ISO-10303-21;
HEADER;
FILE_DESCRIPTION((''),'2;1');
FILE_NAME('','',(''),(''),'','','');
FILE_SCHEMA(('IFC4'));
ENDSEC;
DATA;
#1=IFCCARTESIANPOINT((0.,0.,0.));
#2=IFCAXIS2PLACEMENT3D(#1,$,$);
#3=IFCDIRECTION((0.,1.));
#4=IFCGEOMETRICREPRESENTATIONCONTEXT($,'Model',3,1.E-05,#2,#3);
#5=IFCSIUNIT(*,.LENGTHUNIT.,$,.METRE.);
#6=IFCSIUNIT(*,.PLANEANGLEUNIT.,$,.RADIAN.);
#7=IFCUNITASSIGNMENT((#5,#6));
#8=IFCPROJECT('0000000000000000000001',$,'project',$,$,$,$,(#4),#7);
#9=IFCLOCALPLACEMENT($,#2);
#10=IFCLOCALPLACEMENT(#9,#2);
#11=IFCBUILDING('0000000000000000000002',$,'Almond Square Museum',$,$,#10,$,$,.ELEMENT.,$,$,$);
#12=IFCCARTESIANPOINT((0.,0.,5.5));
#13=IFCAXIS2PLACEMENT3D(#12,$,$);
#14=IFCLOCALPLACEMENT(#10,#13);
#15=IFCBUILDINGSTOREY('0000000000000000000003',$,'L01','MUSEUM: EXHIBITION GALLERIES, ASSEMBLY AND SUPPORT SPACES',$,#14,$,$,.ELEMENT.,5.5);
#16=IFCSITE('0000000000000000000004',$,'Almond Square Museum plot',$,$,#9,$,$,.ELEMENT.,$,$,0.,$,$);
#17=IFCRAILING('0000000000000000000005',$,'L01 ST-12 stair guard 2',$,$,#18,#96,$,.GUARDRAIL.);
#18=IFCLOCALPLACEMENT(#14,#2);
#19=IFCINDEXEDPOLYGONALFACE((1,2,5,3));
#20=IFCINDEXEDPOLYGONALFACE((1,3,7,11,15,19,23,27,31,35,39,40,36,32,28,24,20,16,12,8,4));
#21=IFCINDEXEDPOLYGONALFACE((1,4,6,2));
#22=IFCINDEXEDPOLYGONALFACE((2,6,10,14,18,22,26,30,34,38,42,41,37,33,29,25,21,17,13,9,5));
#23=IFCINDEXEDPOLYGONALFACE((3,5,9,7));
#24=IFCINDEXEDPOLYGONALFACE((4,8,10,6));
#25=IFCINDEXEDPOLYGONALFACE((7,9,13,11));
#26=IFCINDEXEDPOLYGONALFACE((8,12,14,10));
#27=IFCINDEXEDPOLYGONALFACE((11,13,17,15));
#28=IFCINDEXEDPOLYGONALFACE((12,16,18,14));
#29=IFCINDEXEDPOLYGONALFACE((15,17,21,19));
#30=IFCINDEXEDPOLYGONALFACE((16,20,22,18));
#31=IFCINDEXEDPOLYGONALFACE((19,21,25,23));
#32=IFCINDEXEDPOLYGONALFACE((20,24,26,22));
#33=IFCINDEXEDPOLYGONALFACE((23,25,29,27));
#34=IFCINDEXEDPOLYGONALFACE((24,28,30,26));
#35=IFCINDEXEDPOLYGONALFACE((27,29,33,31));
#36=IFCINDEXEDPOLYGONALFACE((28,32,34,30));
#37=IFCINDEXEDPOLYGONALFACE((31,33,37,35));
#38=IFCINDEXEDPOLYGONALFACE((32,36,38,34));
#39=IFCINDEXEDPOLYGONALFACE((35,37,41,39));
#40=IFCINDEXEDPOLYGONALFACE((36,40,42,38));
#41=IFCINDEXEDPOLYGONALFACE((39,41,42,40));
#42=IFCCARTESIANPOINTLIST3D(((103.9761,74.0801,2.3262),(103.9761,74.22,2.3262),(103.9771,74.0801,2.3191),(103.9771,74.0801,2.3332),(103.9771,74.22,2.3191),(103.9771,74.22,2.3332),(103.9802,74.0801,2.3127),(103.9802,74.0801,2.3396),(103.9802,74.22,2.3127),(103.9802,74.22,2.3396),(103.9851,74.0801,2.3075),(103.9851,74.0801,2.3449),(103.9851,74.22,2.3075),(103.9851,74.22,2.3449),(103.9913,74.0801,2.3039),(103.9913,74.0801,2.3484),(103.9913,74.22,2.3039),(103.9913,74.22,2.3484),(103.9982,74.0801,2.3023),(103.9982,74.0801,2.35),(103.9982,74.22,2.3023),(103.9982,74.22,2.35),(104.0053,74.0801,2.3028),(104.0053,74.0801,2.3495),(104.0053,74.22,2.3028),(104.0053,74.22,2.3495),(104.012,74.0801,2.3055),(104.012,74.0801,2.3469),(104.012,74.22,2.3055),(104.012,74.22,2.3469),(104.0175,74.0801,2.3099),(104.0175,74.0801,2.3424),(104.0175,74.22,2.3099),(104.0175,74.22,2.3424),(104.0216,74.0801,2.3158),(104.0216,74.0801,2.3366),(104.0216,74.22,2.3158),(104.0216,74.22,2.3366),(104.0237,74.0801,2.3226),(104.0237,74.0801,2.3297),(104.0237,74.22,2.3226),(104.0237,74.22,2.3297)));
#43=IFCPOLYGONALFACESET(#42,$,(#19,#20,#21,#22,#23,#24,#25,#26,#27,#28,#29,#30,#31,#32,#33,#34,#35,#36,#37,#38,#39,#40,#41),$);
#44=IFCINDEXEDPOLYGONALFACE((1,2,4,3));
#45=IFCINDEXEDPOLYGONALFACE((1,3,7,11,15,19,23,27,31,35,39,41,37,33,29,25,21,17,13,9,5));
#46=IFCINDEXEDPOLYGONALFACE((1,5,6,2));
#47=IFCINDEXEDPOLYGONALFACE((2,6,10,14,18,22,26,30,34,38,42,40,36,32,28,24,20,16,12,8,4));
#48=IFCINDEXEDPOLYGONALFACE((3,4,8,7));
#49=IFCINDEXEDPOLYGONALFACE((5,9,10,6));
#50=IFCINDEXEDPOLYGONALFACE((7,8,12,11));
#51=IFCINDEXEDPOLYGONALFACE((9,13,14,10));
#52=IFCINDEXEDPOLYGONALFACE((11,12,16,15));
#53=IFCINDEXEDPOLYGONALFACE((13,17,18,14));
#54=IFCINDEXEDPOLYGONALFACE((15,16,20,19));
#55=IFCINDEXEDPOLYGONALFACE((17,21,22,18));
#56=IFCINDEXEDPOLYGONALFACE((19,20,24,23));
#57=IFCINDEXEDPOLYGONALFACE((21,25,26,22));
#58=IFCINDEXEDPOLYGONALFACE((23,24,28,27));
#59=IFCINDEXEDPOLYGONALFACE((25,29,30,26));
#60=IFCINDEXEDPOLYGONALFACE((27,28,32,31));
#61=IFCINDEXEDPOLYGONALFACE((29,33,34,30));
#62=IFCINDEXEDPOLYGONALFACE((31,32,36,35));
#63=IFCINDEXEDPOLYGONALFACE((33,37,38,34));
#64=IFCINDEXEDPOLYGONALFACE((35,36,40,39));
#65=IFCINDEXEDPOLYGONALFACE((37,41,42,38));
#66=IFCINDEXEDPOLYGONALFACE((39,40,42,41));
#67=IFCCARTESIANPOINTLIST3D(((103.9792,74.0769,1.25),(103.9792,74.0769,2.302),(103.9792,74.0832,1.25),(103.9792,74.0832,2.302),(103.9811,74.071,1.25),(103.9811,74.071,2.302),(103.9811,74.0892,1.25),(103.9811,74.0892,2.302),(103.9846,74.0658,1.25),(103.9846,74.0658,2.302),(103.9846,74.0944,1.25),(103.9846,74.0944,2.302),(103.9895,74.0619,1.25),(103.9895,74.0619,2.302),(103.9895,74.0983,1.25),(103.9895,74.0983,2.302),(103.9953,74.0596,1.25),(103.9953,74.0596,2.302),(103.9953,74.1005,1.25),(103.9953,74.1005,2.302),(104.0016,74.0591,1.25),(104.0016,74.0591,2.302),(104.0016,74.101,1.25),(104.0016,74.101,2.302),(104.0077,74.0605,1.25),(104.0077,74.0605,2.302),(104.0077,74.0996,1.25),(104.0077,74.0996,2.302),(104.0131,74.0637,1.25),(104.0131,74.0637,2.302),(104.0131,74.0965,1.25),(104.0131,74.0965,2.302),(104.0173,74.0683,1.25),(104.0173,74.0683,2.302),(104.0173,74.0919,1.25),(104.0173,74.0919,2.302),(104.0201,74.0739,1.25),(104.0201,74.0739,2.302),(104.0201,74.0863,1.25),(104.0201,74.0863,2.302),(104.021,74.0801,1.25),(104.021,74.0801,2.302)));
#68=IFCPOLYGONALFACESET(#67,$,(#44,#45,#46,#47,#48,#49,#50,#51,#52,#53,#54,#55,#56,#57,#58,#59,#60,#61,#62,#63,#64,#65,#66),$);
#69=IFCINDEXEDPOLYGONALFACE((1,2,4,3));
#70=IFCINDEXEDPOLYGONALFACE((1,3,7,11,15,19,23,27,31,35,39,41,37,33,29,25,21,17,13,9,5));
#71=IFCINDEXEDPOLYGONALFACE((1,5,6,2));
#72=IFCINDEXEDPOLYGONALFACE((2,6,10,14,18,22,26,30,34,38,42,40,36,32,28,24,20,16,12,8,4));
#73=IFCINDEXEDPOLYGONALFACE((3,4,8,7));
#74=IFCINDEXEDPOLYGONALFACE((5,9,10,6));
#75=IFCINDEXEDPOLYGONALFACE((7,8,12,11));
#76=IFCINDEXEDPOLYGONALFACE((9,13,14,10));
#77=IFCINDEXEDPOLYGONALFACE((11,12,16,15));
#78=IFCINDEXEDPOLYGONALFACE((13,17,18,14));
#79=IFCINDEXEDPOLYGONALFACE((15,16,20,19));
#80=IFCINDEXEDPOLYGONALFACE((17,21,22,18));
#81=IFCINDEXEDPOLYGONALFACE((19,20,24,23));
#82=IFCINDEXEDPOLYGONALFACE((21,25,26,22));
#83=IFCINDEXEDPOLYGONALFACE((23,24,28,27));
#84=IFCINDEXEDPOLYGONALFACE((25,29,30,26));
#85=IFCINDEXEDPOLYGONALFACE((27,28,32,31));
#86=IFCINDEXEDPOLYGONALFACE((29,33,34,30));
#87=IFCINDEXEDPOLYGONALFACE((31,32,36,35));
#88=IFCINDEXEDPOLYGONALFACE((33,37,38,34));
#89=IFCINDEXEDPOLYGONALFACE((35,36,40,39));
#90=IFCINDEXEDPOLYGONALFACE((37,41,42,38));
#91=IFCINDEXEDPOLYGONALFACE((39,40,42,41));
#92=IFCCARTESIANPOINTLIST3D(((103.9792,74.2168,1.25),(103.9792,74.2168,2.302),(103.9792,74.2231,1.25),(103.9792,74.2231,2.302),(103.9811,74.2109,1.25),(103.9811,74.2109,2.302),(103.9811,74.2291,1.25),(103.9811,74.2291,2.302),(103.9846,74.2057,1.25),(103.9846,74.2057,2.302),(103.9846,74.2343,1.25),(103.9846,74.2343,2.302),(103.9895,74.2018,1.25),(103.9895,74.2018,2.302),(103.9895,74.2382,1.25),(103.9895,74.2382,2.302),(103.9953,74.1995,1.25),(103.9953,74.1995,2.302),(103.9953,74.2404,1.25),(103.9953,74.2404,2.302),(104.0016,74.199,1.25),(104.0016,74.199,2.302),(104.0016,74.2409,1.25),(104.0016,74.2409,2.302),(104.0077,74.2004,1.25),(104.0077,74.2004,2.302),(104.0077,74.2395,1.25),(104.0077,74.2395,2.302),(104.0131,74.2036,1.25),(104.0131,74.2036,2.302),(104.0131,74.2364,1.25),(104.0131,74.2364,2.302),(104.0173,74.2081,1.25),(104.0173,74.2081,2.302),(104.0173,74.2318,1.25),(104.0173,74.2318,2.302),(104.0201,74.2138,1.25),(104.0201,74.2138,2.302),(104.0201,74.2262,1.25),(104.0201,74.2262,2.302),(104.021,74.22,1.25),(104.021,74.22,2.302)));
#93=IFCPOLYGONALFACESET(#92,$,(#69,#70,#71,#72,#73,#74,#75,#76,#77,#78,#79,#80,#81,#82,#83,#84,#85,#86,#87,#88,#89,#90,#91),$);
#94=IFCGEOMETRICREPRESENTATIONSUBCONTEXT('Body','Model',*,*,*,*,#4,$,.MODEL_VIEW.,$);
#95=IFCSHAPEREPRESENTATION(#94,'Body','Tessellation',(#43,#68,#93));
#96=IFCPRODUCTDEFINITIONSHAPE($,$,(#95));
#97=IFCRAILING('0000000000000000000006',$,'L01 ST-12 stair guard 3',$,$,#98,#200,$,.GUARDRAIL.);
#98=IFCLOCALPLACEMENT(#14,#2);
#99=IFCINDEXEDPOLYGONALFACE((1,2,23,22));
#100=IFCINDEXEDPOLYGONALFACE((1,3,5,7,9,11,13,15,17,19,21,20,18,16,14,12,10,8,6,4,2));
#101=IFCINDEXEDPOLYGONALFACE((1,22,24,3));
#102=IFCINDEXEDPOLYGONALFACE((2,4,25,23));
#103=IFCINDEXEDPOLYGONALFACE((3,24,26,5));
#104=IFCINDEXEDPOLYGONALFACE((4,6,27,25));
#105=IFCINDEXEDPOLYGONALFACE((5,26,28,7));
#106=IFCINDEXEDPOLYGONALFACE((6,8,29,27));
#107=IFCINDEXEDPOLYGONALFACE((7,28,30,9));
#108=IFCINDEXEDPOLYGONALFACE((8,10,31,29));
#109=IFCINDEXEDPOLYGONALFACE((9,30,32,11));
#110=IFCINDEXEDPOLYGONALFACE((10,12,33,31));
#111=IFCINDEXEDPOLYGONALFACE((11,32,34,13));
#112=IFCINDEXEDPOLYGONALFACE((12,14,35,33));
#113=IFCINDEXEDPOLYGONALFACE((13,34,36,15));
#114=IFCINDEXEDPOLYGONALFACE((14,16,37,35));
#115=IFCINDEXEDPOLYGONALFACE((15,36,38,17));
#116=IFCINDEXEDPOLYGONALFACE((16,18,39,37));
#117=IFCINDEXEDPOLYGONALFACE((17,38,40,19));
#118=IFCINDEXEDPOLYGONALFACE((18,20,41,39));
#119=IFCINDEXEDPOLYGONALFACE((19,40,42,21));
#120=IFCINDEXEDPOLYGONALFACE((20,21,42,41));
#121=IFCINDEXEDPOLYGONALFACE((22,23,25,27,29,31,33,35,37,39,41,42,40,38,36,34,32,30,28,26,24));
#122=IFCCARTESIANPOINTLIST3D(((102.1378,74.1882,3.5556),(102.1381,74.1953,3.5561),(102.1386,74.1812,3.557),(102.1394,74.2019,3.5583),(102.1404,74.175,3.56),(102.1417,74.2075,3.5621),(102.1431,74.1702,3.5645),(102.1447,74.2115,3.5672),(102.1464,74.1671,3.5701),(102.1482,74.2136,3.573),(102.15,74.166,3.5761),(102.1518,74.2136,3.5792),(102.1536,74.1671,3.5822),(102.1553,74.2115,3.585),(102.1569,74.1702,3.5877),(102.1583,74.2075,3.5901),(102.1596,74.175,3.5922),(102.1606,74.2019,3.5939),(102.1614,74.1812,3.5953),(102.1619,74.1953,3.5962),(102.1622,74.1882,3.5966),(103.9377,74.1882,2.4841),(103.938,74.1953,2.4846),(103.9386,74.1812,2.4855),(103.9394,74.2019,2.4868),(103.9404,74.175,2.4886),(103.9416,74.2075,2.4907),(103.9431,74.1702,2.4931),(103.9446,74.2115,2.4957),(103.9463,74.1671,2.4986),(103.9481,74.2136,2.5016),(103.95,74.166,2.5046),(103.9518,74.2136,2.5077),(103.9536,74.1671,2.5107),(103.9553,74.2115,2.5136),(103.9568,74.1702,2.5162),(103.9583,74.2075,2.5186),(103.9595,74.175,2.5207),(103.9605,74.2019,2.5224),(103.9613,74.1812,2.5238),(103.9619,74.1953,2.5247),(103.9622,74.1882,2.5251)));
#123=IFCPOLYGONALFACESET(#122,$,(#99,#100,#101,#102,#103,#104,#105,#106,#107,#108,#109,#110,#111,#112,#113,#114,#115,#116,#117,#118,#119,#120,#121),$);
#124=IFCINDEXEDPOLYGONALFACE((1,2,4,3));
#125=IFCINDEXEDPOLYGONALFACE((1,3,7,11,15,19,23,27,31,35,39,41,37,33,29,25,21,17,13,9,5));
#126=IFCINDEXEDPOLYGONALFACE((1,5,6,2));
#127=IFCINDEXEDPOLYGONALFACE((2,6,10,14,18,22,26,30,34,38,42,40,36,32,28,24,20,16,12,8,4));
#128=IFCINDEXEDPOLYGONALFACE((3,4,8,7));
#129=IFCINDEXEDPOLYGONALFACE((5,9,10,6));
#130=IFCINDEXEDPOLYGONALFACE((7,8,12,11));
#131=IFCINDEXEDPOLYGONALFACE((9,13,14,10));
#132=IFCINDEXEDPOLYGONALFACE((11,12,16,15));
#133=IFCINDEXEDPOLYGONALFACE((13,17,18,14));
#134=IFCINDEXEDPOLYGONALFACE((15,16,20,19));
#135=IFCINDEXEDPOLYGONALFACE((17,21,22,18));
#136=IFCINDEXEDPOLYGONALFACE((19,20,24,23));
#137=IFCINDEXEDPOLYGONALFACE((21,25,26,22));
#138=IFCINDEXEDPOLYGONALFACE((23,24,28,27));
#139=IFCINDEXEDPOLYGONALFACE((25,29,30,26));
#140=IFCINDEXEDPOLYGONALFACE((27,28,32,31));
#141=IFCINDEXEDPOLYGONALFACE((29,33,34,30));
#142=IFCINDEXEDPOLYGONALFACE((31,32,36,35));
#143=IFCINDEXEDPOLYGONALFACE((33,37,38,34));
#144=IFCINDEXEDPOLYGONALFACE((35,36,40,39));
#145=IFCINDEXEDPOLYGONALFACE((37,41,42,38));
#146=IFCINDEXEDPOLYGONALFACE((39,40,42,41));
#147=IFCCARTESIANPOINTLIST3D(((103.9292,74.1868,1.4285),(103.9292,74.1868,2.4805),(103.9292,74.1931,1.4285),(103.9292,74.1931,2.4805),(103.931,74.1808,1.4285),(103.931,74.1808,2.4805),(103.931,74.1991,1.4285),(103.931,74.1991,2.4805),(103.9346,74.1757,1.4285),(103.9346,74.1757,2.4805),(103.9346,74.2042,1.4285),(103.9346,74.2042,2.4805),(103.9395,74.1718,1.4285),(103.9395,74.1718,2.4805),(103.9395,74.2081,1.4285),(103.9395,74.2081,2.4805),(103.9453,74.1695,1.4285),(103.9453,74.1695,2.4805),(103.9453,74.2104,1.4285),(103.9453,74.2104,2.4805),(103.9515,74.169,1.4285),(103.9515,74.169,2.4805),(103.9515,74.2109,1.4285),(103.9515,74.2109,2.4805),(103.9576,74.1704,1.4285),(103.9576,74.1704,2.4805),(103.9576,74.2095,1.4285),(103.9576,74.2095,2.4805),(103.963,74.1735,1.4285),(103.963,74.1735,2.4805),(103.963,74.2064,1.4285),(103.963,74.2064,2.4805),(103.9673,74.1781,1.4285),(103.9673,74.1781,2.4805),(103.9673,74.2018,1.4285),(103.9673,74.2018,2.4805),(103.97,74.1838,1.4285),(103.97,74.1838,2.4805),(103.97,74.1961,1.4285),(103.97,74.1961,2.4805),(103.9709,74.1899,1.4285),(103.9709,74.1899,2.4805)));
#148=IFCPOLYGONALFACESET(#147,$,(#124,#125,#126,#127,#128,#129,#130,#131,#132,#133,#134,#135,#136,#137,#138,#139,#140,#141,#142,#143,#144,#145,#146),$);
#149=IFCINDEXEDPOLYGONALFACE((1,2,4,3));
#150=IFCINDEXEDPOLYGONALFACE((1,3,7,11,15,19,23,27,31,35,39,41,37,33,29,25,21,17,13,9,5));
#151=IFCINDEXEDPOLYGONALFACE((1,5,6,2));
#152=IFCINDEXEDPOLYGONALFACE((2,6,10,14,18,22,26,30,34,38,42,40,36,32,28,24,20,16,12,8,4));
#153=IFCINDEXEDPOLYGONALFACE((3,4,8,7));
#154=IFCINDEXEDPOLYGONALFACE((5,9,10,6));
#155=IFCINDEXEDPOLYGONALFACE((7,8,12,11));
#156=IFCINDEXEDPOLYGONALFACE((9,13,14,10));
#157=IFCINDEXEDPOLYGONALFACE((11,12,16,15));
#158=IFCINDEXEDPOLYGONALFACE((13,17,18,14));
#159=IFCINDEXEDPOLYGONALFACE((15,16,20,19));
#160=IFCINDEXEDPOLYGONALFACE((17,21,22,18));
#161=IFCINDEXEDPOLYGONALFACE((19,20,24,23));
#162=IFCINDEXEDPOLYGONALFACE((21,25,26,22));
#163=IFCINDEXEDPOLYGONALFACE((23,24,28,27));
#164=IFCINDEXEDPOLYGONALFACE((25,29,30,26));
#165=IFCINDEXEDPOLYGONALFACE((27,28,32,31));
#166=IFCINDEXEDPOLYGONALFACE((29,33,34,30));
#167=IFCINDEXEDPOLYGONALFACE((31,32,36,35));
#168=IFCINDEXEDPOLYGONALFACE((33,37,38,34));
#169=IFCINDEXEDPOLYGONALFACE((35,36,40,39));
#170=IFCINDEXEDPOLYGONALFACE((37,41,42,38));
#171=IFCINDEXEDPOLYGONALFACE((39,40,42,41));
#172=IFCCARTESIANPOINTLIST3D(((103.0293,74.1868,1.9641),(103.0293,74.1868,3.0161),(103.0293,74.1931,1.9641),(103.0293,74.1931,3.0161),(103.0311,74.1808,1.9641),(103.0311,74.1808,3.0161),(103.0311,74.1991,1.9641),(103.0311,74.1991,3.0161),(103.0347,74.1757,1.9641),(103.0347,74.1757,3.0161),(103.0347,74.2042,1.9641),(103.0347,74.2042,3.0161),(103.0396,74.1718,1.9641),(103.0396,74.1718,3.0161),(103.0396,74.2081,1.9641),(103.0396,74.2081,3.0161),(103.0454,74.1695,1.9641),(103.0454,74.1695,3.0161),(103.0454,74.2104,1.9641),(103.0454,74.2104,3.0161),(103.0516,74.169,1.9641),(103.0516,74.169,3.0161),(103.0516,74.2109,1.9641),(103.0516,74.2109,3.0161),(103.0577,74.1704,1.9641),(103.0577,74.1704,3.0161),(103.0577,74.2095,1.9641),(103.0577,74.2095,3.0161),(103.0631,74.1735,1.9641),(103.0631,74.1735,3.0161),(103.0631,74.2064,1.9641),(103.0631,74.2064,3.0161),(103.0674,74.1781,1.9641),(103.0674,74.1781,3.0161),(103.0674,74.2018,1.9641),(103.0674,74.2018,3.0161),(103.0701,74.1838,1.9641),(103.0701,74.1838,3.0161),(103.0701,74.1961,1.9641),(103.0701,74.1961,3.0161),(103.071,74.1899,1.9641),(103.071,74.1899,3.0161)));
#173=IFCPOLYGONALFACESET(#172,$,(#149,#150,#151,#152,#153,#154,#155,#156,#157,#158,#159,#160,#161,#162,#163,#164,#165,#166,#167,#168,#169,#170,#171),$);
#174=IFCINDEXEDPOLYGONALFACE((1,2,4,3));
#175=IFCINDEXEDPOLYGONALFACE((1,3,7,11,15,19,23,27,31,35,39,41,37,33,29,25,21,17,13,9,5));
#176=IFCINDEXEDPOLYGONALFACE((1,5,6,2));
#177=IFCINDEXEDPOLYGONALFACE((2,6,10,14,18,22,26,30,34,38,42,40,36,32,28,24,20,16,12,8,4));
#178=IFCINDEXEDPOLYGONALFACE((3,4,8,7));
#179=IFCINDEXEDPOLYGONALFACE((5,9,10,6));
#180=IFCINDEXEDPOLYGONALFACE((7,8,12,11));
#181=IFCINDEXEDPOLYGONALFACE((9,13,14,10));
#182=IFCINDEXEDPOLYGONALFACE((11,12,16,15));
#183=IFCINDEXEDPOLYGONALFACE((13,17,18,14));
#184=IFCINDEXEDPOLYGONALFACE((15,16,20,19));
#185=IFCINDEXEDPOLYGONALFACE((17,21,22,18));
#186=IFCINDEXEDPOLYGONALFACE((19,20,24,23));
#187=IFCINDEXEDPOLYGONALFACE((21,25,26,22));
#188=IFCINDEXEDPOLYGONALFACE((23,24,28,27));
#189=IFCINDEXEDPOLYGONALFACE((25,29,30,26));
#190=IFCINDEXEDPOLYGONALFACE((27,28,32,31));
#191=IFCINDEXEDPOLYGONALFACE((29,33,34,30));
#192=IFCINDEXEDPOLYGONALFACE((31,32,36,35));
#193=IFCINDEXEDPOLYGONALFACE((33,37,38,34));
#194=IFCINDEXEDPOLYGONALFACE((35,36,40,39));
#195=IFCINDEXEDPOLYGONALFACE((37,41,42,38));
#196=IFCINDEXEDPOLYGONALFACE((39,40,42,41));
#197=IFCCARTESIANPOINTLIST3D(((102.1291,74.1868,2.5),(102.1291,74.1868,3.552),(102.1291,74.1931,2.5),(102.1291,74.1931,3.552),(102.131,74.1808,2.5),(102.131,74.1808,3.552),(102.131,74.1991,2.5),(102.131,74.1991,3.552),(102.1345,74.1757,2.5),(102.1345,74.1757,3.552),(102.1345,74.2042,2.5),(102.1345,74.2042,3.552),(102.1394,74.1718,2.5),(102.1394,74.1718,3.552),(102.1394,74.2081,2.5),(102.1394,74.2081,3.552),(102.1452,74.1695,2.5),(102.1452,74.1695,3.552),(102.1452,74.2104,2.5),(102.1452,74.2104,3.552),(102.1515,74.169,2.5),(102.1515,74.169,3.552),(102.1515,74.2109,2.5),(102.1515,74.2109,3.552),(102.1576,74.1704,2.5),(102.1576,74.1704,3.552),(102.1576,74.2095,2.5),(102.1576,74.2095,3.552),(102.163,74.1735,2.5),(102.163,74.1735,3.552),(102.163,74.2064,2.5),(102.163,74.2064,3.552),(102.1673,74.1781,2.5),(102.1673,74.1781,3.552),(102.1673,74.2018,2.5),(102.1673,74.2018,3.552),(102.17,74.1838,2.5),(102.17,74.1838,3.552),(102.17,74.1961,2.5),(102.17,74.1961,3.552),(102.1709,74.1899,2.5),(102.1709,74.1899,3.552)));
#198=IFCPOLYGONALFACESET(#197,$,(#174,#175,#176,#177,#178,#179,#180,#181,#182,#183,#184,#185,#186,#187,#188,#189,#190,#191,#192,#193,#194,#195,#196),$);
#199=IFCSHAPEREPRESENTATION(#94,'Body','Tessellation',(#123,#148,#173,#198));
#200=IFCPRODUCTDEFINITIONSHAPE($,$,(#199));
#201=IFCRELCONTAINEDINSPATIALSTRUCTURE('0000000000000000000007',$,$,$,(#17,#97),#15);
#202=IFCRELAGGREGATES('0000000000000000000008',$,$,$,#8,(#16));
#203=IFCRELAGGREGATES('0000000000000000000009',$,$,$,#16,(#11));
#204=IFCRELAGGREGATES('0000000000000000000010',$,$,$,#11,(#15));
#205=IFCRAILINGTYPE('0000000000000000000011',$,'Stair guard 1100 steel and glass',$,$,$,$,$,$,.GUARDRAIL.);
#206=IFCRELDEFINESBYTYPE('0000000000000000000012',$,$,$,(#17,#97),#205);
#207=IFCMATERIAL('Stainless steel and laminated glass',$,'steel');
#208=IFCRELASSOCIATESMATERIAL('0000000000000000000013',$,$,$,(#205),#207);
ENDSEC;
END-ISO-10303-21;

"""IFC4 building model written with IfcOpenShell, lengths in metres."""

from ifc_helpers import new_model, si_unit, direction, frame, origin, origin_2d, place, context, subcontext, project, spatial, circle, extrude, material, type_object, element, save


model = new_model("IFC4")

# Units and contexts
model_context = context("Model", 3, precision=1e-05, world=origin(), true_north=direction((0.0, 1.0)))
body_context = subcontext(model_context, "Body", "Model", "MODEL_VIEW")
ifc_project = project(units=[si_unit("LENGTHUNIT", "METRE"), si_unit("PLANEANGLEUNIT", "RADIAN")], contexts=[model_context])

# Site, building, storey
site_placement = place(None, origin())
site = spatial("IfcSite", under=ifc_project, at=site_placement, Name="Almond Square Museum plot", CompositionType="ELEMENT", RefElevation=0.0)
building_placement = place(site_placement, origin())
building = spatial("IfcBuilding", under=site, at=building_placement, Name="Almond Square Museum", CompositionType="ELEMENT")
storey_placement = place(building_placement, frame((0.0, 0.0, 5.5)))
storey = spatial("IfcBuildingStorey", under=building, at=storey_placement, Name="L01", Description="MUSEUM: EXHIBITION GALLERIES, ASSEMBLY AND SUPPORT SPACES", CompositionType="ELEMENT", Elevation=5.5)

# Railings
ifc_material_1 = material(Name="Stainless steel and laminated glass", Category="steel")
railing_type_1 = type_object("IfcRailingType", Name="Stair guard 1100 steel and glass", PredefinedType="GUARDRAIL", material=ifc_material_1)
for number, where, name in (
    (1, (104.0, 74.0801, 1.25), "L01 ST-12 stair guard 2"),
):
    element("IfcRailing", number, at=place(storey_placement, frame(where)), inside=storey, type_object=railing_type_1, Name=name, PredefinedType="GUARDRAIL", context=body_context, shape_type="SweptSolid", body=[
        extrude(circle(Radius=0.0239, at=origin_2d()), frame((0.0, 0.0, 1.0762), z_axis=(0.0, 1.0, 0.0), x_axis=(-1.0, 0.0, 0.0)), (0.0, 0.0, 1.0), 0.1399),
        extrude(circle(Radius=0.021, at=origin_2d()), origin(), (0.0, 0.0, 1.0), 1.052),
        extrude(circle(Radius=0.021, at=origin_2d()), frame((0.0, 0.1399, 0.0)), (0.0, 0.0, 1.0), 1.052),
    ])
railing_1_placement = place(storey_placement, frame((103.95, 74.1899, 1.4285)))
element("IfcRailing", 2, at=railing_1_placement, inside=storey, type_object=railing_type_1, Name="L01 ST-12 stair guard 3", PredefinedType="GUARDRAIL", context=body_context, shape_type="SweptSolid", body=[
    extrude(circle(Radius=0.0239, at=origin_2d()), frame((0.0, 0.0, 1.0762), z_axis=(-0.859277, 0.0, 0.51151), x_axis=(0.0, -1.0, 0.0)), (0.0, 0.0, 1.0), 2.0947),
    extrude(circle(Radius=0.021, at=origin_2d()), origin(), (0.0, 0.0, 1.0), 1.052),
    extrude(circle(Radius=0.021, at=origin_2d()), frame((-0.8999, 0.0, 0.5356)), (0.0, 0.0, 1.0), 1.052),
    extrude(circle(Radius=0.021, at=origin_2d()), frame((-1.8, 0.0, 1.0715)), (0.0, 0.0, 1.0), 1.052),
])

save(model, "model.ifc")
